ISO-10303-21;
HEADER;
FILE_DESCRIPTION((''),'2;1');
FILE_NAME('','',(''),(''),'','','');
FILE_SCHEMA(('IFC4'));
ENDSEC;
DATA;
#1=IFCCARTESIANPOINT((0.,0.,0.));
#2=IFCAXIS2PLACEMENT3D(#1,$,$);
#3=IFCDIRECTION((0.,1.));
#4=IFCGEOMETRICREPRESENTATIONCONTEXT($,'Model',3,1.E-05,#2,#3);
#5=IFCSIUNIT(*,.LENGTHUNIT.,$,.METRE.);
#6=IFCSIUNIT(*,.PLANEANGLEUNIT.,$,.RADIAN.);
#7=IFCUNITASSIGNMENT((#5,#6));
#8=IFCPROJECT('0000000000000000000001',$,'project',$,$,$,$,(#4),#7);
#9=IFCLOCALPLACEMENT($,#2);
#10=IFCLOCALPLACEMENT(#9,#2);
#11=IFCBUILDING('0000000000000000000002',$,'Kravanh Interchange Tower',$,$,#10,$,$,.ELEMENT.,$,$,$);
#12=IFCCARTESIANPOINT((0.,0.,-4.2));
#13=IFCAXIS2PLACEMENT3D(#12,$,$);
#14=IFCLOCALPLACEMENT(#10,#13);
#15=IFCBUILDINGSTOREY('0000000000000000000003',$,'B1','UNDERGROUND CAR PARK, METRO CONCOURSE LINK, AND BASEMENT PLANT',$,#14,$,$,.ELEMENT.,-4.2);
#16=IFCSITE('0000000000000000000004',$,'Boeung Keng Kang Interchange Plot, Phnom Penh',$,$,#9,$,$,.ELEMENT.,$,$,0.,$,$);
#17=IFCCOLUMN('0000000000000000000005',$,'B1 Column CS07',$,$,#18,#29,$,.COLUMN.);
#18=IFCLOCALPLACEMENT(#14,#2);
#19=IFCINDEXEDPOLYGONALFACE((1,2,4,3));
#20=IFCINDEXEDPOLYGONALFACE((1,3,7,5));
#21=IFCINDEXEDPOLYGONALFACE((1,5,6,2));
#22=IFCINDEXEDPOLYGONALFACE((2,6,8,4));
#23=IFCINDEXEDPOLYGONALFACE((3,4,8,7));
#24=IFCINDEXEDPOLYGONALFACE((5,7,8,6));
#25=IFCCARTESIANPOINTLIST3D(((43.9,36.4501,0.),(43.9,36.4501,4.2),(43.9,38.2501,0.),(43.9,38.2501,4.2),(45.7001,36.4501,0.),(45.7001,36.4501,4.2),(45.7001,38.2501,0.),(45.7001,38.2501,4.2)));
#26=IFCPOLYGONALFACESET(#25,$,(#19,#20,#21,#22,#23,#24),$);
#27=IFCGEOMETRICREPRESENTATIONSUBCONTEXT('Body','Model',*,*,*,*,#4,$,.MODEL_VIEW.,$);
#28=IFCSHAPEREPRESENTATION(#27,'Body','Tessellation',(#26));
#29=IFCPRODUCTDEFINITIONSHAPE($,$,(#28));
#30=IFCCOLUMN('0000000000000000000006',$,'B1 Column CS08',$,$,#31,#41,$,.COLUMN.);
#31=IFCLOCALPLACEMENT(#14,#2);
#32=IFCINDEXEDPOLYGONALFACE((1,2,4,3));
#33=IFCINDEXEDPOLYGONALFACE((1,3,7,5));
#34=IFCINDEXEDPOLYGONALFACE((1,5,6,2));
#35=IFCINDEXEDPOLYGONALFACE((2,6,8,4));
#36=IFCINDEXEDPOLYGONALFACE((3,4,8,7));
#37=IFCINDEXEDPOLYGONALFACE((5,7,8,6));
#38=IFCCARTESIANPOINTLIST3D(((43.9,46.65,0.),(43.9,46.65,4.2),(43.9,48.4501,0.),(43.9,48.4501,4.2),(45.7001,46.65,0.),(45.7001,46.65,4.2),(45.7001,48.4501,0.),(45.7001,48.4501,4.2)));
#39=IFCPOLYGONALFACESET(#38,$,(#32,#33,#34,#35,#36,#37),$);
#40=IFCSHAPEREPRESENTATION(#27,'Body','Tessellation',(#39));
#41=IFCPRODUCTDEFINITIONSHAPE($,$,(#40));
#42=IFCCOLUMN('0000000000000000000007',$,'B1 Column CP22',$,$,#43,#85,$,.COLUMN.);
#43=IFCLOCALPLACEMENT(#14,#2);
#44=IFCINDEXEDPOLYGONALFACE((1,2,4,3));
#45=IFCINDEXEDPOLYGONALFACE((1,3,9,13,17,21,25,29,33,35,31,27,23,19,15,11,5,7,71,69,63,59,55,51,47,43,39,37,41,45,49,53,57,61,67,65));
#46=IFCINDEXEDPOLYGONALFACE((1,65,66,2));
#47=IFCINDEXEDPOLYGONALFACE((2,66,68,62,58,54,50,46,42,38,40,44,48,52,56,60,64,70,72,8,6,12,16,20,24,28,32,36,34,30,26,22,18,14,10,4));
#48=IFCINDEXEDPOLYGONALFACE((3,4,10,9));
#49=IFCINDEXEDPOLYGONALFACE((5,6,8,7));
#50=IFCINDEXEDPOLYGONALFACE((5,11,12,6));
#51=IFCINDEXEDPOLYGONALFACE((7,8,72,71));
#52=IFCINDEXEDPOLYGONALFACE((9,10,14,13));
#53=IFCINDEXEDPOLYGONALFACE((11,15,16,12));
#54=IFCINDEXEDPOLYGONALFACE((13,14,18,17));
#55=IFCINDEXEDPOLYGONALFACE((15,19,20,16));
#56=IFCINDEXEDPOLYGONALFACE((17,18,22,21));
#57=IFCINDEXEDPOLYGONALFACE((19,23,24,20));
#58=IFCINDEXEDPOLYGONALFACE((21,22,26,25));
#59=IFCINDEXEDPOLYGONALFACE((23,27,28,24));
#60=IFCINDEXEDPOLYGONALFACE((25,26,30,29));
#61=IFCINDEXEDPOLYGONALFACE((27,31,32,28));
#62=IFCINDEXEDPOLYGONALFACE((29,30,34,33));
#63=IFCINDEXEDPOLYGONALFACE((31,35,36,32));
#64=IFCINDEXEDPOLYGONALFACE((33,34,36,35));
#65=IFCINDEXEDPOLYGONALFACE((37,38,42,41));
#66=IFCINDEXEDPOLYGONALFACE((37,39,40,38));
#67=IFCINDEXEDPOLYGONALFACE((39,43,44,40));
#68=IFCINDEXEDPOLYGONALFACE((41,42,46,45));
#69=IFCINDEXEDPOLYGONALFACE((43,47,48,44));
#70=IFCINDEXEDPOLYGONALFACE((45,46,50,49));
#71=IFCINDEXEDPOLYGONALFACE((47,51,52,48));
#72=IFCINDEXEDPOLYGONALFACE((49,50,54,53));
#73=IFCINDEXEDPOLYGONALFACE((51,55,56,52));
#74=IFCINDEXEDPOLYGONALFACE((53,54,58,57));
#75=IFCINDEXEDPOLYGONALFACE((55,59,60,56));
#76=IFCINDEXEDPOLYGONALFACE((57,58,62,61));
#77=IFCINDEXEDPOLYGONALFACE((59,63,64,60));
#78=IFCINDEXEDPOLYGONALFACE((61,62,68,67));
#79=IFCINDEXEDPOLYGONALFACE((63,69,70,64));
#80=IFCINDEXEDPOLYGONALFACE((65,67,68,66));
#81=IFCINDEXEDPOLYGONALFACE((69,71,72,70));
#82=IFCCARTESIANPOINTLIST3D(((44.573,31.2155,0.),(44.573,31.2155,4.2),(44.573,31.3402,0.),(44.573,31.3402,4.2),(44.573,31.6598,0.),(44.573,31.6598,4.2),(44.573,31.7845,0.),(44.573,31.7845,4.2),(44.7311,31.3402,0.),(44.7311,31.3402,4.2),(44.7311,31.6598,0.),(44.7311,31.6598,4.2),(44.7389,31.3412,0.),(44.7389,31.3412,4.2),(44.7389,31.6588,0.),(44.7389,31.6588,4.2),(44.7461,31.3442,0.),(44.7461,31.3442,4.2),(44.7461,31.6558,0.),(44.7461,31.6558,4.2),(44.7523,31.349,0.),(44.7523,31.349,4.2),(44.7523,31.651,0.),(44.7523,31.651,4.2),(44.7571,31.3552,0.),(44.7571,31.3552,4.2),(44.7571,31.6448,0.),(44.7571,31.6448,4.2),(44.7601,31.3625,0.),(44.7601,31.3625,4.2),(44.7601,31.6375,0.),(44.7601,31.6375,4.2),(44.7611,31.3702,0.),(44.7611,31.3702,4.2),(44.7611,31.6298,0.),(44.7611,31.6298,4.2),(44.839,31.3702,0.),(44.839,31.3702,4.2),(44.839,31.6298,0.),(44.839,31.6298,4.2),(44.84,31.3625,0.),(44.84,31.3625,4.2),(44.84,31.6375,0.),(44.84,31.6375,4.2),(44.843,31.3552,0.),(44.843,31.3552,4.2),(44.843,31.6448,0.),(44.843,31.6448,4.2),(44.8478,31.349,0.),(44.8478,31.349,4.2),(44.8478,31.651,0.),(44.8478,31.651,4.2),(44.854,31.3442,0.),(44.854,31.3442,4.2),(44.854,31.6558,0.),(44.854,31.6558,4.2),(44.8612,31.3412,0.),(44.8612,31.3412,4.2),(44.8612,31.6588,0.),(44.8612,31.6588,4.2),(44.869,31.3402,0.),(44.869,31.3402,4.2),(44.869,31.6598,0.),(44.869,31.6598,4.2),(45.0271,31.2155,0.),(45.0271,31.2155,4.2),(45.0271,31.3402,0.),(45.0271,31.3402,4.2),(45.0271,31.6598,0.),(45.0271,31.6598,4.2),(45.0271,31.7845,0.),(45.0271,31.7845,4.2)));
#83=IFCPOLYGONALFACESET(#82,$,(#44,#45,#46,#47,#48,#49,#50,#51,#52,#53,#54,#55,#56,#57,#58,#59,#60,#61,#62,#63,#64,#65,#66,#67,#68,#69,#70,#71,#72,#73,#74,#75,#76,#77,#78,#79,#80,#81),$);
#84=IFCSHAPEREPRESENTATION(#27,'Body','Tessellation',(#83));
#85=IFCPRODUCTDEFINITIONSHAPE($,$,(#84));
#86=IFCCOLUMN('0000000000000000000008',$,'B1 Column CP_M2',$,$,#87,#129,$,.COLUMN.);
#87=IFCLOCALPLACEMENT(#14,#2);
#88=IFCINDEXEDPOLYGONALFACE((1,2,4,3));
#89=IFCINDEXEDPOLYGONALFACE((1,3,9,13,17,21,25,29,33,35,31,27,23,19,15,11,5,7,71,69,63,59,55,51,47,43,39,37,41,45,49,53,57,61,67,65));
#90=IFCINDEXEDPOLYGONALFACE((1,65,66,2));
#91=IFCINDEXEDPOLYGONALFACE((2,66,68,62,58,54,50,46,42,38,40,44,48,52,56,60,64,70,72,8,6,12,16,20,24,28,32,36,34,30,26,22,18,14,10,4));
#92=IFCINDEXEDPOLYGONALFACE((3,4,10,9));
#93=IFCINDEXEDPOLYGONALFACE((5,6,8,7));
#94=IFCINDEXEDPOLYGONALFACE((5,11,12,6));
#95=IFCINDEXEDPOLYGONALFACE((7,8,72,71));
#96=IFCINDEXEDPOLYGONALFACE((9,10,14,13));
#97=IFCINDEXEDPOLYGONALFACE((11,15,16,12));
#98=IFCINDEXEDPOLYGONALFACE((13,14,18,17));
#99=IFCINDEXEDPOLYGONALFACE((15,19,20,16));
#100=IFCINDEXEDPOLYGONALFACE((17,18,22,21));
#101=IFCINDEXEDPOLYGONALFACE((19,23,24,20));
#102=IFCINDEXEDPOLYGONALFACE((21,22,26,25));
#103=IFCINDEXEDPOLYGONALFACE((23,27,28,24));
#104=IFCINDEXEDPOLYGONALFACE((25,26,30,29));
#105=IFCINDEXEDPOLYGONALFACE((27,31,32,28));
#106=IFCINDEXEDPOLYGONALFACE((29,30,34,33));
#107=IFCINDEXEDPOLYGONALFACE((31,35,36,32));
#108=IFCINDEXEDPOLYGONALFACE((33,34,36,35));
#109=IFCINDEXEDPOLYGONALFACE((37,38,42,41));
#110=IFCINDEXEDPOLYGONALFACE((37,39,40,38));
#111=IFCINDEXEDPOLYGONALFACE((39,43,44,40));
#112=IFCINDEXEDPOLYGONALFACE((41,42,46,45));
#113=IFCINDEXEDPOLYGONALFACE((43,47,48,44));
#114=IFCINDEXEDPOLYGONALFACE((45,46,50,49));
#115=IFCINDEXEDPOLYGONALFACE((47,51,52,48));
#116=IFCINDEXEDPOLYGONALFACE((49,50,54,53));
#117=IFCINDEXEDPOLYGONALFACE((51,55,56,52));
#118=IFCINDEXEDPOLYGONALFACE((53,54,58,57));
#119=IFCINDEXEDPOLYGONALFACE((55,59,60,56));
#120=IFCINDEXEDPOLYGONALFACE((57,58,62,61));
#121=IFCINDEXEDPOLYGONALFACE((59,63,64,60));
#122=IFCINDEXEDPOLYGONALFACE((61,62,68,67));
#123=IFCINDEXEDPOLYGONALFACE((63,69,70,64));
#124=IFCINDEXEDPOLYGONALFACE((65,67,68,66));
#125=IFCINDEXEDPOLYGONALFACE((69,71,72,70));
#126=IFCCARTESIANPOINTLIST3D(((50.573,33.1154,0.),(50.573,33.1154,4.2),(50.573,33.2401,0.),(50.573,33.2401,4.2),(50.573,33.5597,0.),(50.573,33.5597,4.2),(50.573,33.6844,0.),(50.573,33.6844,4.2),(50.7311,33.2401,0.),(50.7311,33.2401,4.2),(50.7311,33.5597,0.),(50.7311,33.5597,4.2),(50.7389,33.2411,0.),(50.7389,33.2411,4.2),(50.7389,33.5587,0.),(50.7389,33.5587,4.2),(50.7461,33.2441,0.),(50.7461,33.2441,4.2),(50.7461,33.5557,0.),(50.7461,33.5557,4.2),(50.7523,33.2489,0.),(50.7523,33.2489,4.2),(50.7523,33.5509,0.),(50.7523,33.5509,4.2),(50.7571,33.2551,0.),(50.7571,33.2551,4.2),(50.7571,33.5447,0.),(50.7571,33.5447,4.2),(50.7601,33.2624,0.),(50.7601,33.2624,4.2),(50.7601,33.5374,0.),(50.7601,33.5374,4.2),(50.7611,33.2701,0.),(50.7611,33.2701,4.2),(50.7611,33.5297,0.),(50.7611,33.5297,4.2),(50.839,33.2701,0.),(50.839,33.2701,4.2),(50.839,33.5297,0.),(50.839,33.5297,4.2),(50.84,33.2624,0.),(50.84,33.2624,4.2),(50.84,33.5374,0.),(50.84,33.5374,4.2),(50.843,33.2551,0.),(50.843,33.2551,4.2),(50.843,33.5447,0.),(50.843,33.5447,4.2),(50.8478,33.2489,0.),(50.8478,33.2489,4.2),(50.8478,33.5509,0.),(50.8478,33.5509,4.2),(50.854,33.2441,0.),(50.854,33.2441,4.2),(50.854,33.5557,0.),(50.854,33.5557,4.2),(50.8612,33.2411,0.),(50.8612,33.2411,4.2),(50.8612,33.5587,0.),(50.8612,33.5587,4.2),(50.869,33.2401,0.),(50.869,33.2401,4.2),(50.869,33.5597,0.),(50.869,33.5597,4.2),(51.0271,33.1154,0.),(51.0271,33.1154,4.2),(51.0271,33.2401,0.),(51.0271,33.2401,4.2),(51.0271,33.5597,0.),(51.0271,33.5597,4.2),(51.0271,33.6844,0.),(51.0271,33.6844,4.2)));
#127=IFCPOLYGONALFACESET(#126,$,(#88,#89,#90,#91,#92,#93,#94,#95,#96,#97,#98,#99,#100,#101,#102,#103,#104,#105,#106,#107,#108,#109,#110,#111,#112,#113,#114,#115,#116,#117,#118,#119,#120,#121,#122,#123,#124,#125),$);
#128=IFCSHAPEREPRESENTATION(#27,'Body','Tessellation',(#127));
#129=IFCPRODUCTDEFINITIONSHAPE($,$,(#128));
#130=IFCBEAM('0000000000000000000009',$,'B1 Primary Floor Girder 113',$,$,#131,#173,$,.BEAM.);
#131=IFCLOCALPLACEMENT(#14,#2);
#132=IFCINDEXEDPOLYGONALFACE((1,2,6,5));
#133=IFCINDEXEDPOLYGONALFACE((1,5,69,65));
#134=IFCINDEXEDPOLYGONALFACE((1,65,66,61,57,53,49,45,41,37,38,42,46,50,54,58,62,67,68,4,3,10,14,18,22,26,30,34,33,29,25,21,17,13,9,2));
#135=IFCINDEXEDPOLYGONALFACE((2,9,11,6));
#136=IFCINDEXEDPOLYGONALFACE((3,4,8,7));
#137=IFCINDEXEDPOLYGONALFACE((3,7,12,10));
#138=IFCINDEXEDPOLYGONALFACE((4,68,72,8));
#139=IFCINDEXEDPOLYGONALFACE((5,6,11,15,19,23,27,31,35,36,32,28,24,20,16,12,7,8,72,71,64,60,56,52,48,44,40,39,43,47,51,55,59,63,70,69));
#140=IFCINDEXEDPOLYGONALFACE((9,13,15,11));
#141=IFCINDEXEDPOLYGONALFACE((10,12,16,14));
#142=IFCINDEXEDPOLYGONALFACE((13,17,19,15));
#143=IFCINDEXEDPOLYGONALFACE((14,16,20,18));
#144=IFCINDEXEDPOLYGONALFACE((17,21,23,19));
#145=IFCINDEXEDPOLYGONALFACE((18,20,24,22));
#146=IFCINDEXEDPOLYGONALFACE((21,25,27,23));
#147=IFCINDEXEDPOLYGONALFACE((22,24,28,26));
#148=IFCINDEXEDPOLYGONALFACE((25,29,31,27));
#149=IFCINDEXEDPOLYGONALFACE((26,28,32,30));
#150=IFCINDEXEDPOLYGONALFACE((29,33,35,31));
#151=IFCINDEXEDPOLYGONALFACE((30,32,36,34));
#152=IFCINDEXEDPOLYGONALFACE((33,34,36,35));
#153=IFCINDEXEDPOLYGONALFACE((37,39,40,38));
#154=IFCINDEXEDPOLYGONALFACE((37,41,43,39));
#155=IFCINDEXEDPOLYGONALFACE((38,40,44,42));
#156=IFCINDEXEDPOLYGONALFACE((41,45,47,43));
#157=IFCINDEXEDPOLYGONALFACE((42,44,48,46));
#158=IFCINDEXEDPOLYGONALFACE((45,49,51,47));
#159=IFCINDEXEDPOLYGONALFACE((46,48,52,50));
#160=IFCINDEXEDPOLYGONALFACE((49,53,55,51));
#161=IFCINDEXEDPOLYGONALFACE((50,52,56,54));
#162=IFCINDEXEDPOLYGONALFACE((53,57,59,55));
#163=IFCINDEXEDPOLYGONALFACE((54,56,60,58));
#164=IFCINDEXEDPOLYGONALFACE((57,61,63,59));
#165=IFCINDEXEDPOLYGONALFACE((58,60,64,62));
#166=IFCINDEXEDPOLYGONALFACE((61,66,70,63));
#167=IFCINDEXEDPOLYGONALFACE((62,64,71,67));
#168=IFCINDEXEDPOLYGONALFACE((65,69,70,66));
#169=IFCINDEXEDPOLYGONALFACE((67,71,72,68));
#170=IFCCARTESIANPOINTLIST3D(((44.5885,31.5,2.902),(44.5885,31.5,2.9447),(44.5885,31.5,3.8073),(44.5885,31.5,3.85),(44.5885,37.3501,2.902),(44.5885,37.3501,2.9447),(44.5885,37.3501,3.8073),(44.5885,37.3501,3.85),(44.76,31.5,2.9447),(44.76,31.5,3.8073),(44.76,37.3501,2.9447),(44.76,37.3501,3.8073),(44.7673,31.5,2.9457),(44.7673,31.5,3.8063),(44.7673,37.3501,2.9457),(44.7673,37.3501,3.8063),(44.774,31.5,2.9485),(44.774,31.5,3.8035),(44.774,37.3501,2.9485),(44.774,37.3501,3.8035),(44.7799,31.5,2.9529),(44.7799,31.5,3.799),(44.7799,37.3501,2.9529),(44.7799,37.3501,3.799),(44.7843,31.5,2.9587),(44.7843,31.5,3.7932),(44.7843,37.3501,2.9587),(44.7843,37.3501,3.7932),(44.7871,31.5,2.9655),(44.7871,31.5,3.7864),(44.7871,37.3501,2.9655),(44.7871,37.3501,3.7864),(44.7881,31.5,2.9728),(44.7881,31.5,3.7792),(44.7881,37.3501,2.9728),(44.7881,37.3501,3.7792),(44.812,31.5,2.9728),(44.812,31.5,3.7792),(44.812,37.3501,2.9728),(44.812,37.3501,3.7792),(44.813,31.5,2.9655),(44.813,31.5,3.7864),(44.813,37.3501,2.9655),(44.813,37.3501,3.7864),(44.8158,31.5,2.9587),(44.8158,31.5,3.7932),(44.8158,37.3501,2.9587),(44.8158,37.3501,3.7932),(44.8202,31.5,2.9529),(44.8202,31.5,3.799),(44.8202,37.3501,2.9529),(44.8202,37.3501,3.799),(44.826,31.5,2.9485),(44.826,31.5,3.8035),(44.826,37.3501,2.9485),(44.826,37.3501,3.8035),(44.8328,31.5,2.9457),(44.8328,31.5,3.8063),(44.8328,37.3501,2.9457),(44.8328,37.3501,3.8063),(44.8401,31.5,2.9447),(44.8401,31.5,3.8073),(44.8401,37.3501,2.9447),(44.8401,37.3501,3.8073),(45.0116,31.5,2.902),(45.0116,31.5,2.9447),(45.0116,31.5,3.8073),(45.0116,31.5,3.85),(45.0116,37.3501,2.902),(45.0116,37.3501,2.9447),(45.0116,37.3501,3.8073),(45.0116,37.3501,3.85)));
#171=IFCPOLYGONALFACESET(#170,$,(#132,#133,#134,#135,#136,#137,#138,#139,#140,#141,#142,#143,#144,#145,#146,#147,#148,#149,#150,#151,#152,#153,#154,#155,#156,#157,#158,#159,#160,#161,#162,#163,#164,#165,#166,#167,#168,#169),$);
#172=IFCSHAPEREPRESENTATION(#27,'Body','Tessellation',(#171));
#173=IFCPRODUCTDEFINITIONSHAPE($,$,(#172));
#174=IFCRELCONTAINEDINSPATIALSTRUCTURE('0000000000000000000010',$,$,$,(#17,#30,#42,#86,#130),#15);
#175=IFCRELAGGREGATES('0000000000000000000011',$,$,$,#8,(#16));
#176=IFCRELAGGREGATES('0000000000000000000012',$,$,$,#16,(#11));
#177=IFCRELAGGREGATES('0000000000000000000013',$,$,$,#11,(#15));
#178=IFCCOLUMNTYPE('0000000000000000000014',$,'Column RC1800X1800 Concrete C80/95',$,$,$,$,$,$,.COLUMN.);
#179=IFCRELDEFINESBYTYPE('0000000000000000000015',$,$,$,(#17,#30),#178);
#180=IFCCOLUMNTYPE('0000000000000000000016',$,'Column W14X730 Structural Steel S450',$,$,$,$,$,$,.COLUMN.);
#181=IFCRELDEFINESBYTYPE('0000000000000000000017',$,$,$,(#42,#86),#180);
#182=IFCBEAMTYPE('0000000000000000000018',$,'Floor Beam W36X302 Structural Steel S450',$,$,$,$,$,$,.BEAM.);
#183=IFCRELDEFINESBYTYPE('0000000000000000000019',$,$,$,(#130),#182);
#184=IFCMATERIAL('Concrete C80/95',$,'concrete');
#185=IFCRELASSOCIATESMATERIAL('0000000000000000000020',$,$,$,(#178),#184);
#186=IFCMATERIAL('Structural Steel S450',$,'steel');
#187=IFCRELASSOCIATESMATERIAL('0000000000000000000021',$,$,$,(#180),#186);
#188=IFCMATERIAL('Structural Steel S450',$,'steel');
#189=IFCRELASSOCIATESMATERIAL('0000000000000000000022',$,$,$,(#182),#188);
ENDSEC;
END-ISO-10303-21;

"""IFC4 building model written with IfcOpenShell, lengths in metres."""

from ifc_helpers import new_model, si_unit, direction, frame, origin, origin_2d, place, context, subcontext, project, spatial, rectangle, i_section, extrude, material, material_profile, profile_set, type_object, element, save


model = new_model("IFC4")

# Units and contexts
model_context = context("Model", 3, precision=1e-05, world=origin(), true_north=direction((0.0, 1.0)))
body_context = subcontext(model_context, "Body", "Model", "MODEL_VIEW")
ifc_project = project(units=[si_unit("LENGTHUNIT", "METRE"), si_unit("PLANEANGLEUNIT", "RADIAN")], contexts=[model_context])

# Site, building, storey
site_placement = place(None, origin())
site = spatial("IfcSite", under=ifc_project, at=site_placement, Name="Boeung Keng Kang Interchange Plot, Phnom Penh", CompositionType="ELEMENT", RefElevation=0.0)
building_placement = place(site_placement, origin())
building = spatial("IfcBuilding", under=site, at=building_placement, Name="Kravanh Interchange Tower", CompositionType="ELEMENT")
storey_placement = place(building_placement, frame((0.0, 0.0, -4.2)))
storey = spatial("IfcBuildingStorey", under=building, at=storey_placement, Name="B1", Description="UNDERGROUND CAR PARK, METRO CONCOURSE LINK, AND BASEMENT PLANT", CompositionType="ELEMENT", Elevation=-4.2)

# Columns
ifc_material_1 = material(Name="Concrete C80/95", Category="concrete")
ifc_material_profile_1 = material_profile(ifc_material_1, rectangle(XDim=1.8, YDim=1.8, at=origin_2d()), Name="RC1800X1800")
ifc_profile_set_1 = profile_set([ifc_material_profile_1], Name="Concrete C80/95")
column_type_1 = type_object("IfcColumnType", Name="Column RC1800X1800 Concrete C80/95", PredefinedType="COLUMN", material=ifc_profile_set_1)
for number, where, z_axis, x_axis, name in (
    (1, (44.8, 37.3501, 0.0), (0.0, 0.0, 1.0), (1.0, 0.0, 0.0), "B1 Column CS07"),
    (2, (44.8, 47.55, 0.0), (0.0, 0.0, 1.0), (1.0, 0.0, 0.0), "B1 Column CS08"),
):
    element("IfcColumn", number, at=place(storey_placement, frame(where, z_axis=z_axis, x_axis=x_axis)), inside=storey, type_object=column_type_1, Name=name, PredefinedType="COLUMN", context=body_context, shape_type="SweptSolid", body=[
        extrude(rectangle(XDim=1.8, YDim=1.8, at=origin_2d()), origin(), (0.0, 0.0, 1.0), 4.2),
    ])
ifc_material_2 = material(Name="Structural Steel S450", Category="steel")
ifc_material_profile_2 = material_profile(ifc_material_2, i_section(OverallWidth=0.4541, OverallDepth=0.5691, WebThickness=0.0779, FlangeThickness=0.1248, FilletRadius=0.03, at=origin_2d()), Name="W14X730")
ifc_profile_set_2 = profile_set([ifc_material_profile_2], Name="Structural Steel S450")
column_type_2 = type_object("IfcColumnType", Name="Column W14X730 Structural Steel S450", PredefinedType="COLUMN", material=ifc_profile_set_2)
for number, where, z_axis, x_axis, name in (
    (3, (44.8, 31.5, 0.0), (0.0, 0.0, 1.0), (1.0, 0.0, 0.0), "B1 Column CP22"),
    (4, (50.8, 33.3999, 0.0), (0.0, 0.0, 1.0), (1.0, 0.0, 0.0), "B1 Column CP_M2"),
):
    element("IfcColumn", number, at=place(storey_placement, frame(where, z_axis=z_axis, x_axis=x_axis)), inside=storey, type_object=column_type_2, Name=name, PredefinedType="COLUMN", context=body_context, shape_type="SweptSolid", body=[
        extrude(i_section(OverallWidth=0.4541, OverallDepth=0.5691, WebThickness=0.0779, FlangeThickness=0.1248, FilletRadius=0.03, at=origin_2d()), origin(), (0.0, 0.0, 1.0), 4.2),
    ])

# Beam
ifc_material_3 = material(Name="Structural Steel S450", Category="steel")
ifc_material_profile_3 = material_profile(ifc_material_3, i_section(OverallWidth=0.4231, OverallDepth=0.948, WebThickness=0.0239, FlangeThickness=0.0427, FilletRadius=0.0281, at=origin_2d()), Name="W36X302")
ifc_profile_set_3 = profile_set([ifc_material_profile_3], Name="Structural Steel S450")
beam_type_1 = type_object("IfcBeamType", Name="Floor Beam W36X302 Structural Steel S450", PredefinedType="BEAM", material=ifc_profile_set_3)
beam_1_placement = place(storey_placement, frame((44.8, 31.5, 3.376), z_axis=(0.0, 1.0, 0.0), x_axis=(-1.0, 0.0, 0.0)))
element("IfcBeam", 5, at=beam_1_placement, inside=storey, type_object=beam_type_1, Name="B1 Primary Floor Girder 113", PredefinedType="BEAM", context=body_context, shape_type="SweptSolid", body=[
    extrude(i_section(OverallWidth=0.4231, OverallDepth=0.948, WebThickness=0.0239, FlangeThickness=0.0427, FilletRadius=0.0281, at=origin_2d()), origin(), (0.0, 0.0, 1.0), 5.8501),
])

save(model, "model.ifc")
